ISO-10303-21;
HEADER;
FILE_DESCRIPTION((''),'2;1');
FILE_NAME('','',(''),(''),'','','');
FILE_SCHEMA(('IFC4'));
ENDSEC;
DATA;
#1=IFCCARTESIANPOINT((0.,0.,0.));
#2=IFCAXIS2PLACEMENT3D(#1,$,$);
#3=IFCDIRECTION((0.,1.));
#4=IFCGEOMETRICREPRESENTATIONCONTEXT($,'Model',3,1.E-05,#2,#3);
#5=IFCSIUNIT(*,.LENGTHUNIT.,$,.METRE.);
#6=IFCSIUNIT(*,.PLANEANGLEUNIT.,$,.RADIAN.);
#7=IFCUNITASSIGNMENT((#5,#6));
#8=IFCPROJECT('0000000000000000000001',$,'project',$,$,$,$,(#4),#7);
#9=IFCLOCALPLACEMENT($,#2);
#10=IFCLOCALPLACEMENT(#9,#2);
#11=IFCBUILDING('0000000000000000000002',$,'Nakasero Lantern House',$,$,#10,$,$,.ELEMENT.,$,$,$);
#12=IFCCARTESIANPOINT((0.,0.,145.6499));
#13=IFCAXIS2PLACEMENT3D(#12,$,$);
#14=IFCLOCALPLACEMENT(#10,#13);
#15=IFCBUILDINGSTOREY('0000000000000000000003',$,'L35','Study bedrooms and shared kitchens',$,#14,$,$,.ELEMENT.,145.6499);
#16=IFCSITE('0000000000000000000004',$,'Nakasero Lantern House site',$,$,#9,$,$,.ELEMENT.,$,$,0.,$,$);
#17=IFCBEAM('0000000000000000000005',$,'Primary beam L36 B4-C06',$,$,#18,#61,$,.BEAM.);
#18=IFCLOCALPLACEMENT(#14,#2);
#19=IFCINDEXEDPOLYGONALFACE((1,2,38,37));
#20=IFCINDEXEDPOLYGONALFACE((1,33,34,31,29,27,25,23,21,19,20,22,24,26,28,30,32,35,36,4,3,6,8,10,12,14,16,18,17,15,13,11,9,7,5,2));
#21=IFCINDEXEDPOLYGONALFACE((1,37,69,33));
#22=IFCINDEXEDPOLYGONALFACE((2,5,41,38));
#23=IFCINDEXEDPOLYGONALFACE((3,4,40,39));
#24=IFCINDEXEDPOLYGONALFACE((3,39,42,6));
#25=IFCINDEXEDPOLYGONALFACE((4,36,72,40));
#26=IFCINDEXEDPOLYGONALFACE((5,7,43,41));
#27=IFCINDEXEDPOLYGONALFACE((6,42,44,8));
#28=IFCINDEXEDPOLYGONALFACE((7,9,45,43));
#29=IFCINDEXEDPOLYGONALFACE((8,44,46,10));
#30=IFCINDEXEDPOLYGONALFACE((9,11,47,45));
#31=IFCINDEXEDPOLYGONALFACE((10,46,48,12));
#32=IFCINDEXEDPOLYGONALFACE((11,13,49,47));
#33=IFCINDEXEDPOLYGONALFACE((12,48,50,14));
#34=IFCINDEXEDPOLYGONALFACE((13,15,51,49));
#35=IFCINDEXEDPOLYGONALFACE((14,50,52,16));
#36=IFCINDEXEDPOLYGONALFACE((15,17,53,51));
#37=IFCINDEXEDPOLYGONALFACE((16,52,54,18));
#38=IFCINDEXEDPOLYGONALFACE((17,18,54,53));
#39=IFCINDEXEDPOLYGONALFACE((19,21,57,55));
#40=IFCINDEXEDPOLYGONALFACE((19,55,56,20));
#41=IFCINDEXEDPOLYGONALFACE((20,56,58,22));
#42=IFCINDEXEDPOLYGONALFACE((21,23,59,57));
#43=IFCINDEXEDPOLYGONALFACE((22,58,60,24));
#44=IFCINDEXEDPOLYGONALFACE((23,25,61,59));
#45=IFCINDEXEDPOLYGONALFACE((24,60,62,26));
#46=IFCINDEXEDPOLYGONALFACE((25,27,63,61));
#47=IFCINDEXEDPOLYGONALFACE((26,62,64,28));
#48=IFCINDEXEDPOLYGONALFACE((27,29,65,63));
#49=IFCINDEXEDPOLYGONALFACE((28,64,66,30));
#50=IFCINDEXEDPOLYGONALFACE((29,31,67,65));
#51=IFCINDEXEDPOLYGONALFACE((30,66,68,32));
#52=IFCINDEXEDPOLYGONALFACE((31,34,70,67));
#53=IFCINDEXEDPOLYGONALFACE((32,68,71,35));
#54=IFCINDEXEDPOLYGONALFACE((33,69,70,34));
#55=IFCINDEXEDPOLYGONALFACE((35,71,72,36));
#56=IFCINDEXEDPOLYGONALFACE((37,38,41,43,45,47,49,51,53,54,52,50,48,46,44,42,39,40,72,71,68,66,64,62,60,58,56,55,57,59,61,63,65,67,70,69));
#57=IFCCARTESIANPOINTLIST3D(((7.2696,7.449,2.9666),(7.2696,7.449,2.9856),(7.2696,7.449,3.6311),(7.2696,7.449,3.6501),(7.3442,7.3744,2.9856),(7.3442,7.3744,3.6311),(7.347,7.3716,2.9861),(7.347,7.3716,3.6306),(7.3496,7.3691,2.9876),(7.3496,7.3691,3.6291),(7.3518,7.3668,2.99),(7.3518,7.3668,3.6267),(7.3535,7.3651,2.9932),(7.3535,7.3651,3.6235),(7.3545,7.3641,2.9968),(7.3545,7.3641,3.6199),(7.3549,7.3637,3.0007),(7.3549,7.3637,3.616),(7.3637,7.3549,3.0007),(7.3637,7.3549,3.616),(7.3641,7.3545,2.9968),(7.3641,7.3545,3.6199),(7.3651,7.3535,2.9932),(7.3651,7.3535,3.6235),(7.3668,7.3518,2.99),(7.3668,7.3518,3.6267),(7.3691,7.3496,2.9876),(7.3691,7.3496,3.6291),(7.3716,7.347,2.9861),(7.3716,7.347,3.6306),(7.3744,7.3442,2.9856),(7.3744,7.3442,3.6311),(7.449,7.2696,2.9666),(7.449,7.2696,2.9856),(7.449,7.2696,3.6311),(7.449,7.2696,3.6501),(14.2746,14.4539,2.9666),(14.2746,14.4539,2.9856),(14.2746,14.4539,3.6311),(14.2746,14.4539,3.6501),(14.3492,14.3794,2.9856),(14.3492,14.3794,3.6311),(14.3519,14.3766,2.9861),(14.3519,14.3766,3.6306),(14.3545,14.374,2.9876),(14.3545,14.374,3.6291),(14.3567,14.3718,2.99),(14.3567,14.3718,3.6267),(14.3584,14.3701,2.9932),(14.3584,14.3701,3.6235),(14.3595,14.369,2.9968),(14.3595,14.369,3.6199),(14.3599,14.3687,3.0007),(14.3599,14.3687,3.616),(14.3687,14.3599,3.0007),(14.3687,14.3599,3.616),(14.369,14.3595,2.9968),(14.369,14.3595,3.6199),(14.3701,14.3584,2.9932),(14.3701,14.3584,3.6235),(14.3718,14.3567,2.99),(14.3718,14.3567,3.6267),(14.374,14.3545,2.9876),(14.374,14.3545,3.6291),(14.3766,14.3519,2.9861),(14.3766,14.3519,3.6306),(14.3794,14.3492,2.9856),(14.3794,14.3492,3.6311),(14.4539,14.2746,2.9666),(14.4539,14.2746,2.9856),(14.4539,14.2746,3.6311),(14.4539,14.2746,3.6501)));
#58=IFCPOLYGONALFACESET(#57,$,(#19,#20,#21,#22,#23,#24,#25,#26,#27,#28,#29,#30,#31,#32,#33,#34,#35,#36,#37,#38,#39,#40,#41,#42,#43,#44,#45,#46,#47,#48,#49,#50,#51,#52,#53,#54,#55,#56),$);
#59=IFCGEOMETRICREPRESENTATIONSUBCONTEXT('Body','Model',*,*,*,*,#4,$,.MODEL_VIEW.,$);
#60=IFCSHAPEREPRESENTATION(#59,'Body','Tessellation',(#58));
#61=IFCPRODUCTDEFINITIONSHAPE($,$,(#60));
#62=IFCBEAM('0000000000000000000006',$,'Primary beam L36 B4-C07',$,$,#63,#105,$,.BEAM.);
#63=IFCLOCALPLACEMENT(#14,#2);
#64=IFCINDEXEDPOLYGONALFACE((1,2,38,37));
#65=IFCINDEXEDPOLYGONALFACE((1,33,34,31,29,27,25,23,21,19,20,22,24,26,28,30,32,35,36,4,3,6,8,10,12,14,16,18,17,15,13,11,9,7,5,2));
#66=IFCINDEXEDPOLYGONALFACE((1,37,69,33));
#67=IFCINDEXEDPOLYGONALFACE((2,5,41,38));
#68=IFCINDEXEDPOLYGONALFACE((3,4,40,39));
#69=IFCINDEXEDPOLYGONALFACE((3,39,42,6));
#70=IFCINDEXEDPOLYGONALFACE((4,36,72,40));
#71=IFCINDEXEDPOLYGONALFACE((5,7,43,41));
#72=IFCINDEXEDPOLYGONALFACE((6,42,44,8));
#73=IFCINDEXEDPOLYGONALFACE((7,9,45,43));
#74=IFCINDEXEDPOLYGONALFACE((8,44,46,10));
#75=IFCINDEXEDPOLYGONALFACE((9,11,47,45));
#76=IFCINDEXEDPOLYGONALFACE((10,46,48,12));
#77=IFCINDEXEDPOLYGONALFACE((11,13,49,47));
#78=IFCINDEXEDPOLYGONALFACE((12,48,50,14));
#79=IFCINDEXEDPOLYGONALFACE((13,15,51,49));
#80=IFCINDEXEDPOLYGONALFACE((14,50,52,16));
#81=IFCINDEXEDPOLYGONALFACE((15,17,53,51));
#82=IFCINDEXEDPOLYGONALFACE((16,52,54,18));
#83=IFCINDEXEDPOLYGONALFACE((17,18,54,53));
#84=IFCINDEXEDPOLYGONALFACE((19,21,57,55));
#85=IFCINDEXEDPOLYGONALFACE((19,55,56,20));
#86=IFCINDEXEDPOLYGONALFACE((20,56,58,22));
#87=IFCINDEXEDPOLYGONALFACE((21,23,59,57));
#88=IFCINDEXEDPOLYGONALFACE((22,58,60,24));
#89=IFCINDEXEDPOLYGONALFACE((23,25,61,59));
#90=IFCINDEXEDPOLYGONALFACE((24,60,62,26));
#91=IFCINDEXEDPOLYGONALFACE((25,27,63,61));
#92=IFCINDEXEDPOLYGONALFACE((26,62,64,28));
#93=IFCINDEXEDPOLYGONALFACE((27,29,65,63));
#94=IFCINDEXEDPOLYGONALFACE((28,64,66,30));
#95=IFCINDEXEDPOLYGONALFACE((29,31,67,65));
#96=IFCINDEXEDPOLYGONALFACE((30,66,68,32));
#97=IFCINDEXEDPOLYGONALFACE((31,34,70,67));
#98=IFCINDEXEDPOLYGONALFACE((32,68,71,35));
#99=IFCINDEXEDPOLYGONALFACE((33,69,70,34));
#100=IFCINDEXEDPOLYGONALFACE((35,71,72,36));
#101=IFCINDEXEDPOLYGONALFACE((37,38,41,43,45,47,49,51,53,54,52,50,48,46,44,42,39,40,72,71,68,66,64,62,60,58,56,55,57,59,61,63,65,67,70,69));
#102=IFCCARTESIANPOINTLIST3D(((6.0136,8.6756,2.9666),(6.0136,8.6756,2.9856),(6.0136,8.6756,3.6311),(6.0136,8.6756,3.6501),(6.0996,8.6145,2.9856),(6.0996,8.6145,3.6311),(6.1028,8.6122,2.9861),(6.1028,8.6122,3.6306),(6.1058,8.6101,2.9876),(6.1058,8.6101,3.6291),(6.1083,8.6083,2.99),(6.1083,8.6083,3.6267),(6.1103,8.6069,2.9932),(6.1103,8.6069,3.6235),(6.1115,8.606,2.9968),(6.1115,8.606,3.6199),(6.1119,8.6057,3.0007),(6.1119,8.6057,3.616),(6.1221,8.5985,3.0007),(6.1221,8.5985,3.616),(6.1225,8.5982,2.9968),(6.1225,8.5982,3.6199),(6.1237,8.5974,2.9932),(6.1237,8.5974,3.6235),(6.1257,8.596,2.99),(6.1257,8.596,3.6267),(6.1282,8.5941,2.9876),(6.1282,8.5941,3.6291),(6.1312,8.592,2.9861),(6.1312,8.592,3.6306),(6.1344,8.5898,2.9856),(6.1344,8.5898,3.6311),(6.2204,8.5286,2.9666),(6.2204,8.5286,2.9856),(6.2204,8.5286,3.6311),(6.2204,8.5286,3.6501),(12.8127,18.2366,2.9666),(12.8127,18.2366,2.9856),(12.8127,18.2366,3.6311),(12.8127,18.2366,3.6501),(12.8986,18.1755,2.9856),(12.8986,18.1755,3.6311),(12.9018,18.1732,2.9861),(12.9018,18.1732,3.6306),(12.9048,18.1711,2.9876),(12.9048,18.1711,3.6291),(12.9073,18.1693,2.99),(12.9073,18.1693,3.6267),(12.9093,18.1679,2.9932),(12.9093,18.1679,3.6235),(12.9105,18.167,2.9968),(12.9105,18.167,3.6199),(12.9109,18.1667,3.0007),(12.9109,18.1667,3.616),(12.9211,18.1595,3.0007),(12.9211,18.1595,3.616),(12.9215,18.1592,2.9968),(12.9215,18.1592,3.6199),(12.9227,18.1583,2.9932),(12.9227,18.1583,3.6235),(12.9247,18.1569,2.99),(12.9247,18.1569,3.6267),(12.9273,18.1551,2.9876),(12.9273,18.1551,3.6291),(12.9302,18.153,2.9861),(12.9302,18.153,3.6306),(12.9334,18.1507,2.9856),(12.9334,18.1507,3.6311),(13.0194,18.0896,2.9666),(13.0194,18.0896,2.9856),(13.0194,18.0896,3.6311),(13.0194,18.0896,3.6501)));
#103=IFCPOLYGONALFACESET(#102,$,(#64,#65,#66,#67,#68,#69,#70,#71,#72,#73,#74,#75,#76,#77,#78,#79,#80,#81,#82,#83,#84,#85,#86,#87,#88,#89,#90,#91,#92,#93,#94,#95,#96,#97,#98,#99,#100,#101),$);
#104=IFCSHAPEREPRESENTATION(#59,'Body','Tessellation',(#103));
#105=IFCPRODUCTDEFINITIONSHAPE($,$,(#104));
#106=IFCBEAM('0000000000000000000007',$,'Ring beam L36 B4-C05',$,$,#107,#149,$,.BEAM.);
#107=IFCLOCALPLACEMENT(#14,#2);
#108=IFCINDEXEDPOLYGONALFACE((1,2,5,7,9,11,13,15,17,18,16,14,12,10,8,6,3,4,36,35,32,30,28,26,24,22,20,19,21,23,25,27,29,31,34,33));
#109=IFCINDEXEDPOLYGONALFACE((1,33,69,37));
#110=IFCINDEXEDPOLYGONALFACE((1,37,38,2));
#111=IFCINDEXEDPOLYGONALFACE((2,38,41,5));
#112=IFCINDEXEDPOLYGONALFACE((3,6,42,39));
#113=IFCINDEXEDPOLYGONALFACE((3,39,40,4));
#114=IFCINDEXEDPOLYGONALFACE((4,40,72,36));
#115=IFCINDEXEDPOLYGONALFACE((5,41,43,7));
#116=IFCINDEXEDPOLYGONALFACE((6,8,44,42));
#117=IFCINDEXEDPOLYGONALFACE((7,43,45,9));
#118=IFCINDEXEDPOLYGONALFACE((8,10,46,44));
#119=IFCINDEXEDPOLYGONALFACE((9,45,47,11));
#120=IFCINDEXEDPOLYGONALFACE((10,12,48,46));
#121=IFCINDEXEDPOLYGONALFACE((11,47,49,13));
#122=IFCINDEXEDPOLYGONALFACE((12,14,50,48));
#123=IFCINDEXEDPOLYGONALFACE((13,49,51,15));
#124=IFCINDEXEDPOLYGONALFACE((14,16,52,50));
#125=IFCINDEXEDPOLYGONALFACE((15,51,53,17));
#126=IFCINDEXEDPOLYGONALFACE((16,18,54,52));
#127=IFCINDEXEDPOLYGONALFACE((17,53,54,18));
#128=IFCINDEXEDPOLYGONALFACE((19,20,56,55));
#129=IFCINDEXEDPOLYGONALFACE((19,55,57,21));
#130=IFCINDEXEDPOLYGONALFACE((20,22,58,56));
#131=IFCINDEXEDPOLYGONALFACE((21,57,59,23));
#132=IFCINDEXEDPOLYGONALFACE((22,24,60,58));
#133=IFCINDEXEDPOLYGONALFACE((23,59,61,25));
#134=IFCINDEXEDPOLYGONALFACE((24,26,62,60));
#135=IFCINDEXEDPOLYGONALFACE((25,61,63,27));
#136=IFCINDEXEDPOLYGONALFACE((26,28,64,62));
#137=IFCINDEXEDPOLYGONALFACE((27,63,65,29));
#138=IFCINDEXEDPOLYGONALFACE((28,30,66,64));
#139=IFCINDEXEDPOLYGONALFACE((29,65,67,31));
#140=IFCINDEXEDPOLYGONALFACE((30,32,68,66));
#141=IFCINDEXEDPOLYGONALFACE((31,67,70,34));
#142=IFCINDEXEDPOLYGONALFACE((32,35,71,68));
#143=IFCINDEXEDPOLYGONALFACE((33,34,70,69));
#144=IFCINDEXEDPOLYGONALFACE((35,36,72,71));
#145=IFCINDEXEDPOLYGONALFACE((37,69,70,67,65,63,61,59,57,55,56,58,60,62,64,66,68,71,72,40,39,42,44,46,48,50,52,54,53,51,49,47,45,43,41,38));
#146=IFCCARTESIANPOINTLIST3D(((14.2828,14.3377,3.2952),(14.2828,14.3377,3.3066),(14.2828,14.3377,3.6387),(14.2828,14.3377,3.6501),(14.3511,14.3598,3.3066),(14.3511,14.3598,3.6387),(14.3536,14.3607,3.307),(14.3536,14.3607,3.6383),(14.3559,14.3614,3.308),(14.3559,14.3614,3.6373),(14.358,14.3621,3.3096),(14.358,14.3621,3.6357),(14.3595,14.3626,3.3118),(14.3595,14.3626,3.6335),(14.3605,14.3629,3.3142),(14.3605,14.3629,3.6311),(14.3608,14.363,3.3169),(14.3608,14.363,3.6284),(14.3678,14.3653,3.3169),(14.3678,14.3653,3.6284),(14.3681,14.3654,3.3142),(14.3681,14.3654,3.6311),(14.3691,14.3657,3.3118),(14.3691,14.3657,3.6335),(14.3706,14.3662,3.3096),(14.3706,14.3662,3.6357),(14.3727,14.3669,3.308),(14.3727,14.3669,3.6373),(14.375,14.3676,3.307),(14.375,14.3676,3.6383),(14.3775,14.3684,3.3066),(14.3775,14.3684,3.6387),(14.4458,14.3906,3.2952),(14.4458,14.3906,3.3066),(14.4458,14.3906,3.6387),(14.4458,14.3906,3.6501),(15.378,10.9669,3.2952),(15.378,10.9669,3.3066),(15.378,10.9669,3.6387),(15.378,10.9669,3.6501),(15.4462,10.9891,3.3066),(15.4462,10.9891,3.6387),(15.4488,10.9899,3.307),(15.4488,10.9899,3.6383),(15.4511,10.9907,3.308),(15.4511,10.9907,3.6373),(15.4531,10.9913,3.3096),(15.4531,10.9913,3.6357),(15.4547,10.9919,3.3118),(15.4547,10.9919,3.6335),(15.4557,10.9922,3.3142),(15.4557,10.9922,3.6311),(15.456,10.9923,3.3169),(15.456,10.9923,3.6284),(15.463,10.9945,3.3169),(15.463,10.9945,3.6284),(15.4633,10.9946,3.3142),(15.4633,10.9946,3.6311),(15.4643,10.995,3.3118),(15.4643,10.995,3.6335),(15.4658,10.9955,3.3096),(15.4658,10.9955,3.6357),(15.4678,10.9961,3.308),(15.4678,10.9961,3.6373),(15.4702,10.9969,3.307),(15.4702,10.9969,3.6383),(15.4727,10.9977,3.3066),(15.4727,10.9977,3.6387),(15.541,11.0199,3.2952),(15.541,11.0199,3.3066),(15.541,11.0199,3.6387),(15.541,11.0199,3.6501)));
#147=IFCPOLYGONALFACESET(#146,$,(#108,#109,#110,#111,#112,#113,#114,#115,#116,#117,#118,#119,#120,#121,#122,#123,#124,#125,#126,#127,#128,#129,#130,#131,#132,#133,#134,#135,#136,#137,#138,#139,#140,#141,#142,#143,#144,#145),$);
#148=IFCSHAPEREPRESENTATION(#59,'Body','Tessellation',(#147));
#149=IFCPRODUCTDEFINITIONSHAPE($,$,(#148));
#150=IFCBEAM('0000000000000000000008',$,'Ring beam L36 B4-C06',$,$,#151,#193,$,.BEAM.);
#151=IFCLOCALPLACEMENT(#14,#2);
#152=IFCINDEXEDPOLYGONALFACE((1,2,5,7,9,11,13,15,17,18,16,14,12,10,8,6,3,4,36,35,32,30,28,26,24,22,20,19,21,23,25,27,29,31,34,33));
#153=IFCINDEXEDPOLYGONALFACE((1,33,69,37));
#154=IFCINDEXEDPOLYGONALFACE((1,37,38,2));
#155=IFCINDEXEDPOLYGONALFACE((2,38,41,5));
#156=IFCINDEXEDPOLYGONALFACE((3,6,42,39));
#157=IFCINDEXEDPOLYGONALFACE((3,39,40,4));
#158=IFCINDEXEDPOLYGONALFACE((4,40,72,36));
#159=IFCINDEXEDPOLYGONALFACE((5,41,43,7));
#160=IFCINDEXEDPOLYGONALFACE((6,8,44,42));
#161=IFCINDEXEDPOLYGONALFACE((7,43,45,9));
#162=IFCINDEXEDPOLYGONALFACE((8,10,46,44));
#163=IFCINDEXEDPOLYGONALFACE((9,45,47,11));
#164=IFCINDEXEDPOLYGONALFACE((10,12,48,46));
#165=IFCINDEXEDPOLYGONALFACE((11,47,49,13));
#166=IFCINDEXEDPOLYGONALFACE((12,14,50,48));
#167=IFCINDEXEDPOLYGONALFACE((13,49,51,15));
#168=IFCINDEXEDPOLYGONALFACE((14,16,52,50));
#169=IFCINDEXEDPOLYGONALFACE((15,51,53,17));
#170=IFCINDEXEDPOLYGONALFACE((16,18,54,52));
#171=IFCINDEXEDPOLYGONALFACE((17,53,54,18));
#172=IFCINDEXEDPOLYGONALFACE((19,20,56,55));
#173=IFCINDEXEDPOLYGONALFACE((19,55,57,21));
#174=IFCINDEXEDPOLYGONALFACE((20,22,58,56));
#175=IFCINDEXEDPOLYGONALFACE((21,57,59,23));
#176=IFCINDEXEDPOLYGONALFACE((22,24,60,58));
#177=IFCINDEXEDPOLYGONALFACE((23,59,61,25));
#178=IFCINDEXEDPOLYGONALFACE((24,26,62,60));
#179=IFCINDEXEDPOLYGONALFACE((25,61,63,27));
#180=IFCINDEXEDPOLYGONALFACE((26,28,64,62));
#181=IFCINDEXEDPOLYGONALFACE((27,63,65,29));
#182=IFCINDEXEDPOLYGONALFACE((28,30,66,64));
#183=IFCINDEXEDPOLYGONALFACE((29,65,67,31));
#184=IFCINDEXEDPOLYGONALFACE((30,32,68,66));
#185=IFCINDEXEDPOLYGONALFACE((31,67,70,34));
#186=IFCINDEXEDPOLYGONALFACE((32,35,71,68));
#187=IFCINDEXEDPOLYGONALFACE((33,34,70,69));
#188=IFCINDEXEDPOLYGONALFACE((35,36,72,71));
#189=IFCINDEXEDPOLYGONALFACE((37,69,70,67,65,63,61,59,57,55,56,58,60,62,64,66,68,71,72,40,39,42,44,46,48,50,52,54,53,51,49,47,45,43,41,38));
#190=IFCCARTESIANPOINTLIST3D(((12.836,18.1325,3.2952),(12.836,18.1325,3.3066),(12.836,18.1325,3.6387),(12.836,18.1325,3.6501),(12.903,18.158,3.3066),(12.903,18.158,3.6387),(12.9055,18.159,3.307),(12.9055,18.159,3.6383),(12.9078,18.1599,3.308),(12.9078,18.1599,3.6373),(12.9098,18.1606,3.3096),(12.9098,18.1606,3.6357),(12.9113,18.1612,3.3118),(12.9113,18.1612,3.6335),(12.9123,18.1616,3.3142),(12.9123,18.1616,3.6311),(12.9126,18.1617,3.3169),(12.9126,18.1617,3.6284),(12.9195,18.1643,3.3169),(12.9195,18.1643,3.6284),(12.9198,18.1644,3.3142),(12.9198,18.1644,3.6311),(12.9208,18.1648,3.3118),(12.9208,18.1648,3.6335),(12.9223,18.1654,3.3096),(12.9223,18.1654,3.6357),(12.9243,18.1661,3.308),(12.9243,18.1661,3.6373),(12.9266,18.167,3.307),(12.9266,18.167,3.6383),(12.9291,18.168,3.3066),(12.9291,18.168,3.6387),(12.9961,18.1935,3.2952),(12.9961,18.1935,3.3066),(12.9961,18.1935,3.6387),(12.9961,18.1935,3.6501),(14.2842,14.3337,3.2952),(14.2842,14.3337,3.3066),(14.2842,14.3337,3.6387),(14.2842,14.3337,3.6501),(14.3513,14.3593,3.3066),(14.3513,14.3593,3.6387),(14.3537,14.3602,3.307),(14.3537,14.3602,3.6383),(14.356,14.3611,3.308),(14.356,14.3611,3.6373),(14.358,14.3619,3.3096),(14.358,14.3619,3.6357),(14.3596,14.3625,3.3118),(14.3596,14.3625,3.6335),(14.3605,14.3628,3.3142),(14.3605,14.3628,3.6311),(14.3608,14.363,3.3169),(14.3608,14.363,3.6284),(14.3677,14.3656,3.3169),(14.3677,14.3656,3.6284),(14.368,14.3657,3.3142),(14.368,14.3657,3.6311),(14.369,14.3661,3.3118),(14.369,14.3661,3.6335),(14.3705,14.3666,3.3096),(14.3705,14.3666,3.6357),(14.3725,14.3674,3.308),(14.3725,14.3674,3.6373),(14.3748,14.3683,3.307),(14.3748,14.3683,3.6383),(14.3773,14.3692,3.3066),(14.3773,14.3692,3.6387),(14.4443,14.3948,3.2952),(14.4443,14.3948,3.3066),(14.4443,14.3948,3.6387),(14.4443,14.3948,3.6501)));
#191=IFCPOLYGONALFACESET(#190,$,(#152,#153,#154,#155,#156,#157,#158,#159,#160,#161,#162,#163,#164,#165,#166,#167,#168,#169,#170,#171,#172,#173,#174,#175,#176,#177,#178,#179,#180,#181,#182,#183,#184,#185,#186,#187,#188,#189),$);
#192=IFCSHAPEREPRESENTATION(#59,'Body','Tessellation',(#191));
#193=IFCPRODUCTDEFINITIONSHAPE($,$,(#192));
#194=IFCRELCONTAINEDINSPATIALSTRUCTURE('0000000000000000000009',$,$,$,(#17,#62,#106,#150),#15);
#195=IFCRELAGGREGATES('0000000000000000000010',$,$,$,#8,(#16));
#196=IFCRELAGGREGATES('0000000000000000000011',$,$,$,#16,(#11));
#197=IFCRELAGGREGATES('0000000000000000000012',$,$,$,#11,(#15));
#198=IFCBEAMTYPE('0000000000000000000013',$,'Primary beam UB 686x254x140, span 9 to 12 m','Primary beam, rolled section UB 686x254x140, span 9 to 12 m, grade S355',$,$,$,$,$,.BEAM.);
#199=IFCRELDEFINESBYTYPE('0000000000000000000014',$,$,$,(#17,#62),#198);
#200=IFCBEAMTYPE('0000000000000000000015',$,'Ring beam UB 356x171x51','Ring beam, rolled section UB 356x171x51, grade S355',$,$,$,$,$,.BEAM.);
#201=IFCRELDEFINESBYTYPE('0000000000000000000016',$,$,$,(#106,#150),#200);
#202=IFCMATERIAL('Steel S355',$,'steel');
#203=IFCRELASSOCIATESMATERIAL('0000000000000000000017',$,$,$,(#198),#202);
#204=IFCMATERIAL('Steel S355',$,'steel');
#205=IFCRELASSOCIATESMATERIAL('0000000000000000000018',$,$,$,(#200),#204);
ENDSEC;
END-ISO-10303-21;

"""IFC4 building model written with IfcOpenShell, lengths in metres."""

from ifc_helpers import new_model, si_unit, direction, frame, origin, origin_2d, place, context, subcontext, project, spatial, i_section, extrude, material, material_profile, profile_set, type_object, element, save


model = new_model("IFC4")

# Units and contexts
model_context = context("Model", 3, precision=1e-05, world=origin(), true_north=direction((0.0, 1.0)))
body_context = subcontext(model_context, "Body", "Model", "MODEL_VIEW")
ifc_project = project(units=[si_unit("LENGTHUNIT", "METRE"), si_unit("PLANEANGLEUNIT", "RADIAN")], contexts=[model_context])

# Site, building, storey
site_placement = place(None, origin())
site = spatial("IfcSite", under=ifc_project, at=site_placement, Name="Nakasero Lantern House site", CompositionType="ELEMENT", RefElevation=0.0)
building_placement = place(site_placement, origin())
building = spatial("IfcBuilding", under=site, at=building_placement, Name="Nakasero Lantern House", CompositionType="ELEMENT")
storey_placement = place(building_placement, frame((0.0, 0.0, 145.6499)))
storey = spatial("IfcBuildingStorey", under=building, at=storey_placement, Name="L35", Description="Study bedrooms and shared kitchens", CompositionType="ELEMENT", Elevation=145.6499)

# Beams
ifc_material_1 = material(Name="Steel S355", Category="steel")
ifc_material_profile_1 = material_profile(ifc_material_1, i_section(OverallWidth=0.2537, OverallDepth=0.6836, WebThickness=0.0125, FlangeThickness=0.019, FilletRadius=0.0151, at=origin_2d()), Name="UB 686x254x140")
ifc_profile_set_1 = profile_set([ifc_material_profile_1], Name="Steel S355")
beam_type_1 = type_object("IfcBeamType", Name="Primary beam UB 686x254x140, span 9 to 12 m", Description="Primary beam, rolled section UB 686x254x140, span 9 to 12 m, grade S355", PredefinedType="BEAM", material=ifc_profile_set_1)
beam_1_placement = place(storey_placement, frame((14.3643, 14.3643, 3.3083), z_axis=(-0.707107, -0.707107, 0.0), x_axis=(0.707107, -0.707107, 0.0)))
element("IfcBeam", 1, at=beam_1_placement, inside=storey, type_object=beam_type_1, Name="Primary beam L36 B4-C06", PredefinedType="BEAM", context=body_context, shape_type="SweptSolid", body=[
    extrude(i_section(OverallWidth=0.2537, OverallDepth=0.6836, WebThickness=0.0125, FlangeThickness=0.019, FilletRadius=0.0151, at=origin_2d()), origin(), (0.0, 0.0, 1.0), 9.9065),
])
beam_2_placement = place(storey_placement, frame((12.916, 18.1631, 3.3083), z_axis=(-0.57953, -0.814951, 0.0), x_axis=(0.814951, -0.57953, 0.0)))
element("IfcBeam", 2, at=beam_2_placement, inside=storey, type_object=beam_type_1, Name="Primary beam L36 B4-C07", PredefinedType="BEAM", context=body_context, shape_type="SweptSolid", body=[
    extrude(i_section(OverallWidth=0.2537, OverallDepth=0.6836, WebThickness=0.0125, FlangeThickness=0.019, FilletRadius=0.0151, at=origin_2d()), origin(), (0.0, 0.0, 1.0), 11.7319),
])
ifc_material_2 = material(Name="Steel S355", Category="steel")
ifc_material_profile_2 = material_profile(ifc_material_2, i_section(OverallWidth=0.1714, OverallDepth=0.355, WebThickness=0.0073, FlangeThickness=0.0115, FilletRadius=0.0103, at=origin_2d()), Name="UB 356x171x51")
ifc_profile_set_2 = profile_set([ifc_material_profile_2], Name="Steel S355")
beam_type_2 = type_object("IfcBeamType", Name="Ring beam UB 356x171x51", Description="Ring beam, rolled section UB 356x171x51, grade S355", PredefinedType="BEAM", material=ifc_profile_set_2)
beam_3_placement = place(storey_placement, frame((15.4595, 10.9934, 3.4727), z_axis=(-0.309007, 0.95106, 0.0), x_axis=(-0.95106, -0.309007, 0.0)))
element("IfcBeam", 3, at=beam_3_placement, inside=storey, type_object=beam_type_2, Name="Ring beam L36 B4-C05", PredefinedType="BEAM", context=body_context, shape_type="SweptSolid", body=[
    extrude(i_section(OverallWidth=0.1714, OverallDepth=0.355, WebThickness=0.0073, FlangeThickness=0.0115, FilletRadius=0.0103, at=origin_2d()), origin(), (0.0, 0.0, 1.0), 3.5442),
])
beam_4_placement = place(storey_placement, frame((14.3643, 14.3643, 3.4727), z_axis=(-0.356225, 0.9344, 0.0), x_axis=(-0.9344, -0.356225, 0.0)))
element("IfcBeam", 4, at=beam_4_placement, inside=storey, type_object=beam_type_2, Name="Ring beam L36 B4-C06", PredefinedType="BEAM", context=body_context, shape_type="SweptSolid", body=[
    extrude(i_section(OverallWidth=0.1714, OverallDepth=0.355, WebThickness=0.0073, FlangeThickness=0.0115, FilletRadius=0.0103, at=origin_2d()), origin(), (0.0, 0.0, 1.0), 4.0654),
])

save(model, "model.ifc")
